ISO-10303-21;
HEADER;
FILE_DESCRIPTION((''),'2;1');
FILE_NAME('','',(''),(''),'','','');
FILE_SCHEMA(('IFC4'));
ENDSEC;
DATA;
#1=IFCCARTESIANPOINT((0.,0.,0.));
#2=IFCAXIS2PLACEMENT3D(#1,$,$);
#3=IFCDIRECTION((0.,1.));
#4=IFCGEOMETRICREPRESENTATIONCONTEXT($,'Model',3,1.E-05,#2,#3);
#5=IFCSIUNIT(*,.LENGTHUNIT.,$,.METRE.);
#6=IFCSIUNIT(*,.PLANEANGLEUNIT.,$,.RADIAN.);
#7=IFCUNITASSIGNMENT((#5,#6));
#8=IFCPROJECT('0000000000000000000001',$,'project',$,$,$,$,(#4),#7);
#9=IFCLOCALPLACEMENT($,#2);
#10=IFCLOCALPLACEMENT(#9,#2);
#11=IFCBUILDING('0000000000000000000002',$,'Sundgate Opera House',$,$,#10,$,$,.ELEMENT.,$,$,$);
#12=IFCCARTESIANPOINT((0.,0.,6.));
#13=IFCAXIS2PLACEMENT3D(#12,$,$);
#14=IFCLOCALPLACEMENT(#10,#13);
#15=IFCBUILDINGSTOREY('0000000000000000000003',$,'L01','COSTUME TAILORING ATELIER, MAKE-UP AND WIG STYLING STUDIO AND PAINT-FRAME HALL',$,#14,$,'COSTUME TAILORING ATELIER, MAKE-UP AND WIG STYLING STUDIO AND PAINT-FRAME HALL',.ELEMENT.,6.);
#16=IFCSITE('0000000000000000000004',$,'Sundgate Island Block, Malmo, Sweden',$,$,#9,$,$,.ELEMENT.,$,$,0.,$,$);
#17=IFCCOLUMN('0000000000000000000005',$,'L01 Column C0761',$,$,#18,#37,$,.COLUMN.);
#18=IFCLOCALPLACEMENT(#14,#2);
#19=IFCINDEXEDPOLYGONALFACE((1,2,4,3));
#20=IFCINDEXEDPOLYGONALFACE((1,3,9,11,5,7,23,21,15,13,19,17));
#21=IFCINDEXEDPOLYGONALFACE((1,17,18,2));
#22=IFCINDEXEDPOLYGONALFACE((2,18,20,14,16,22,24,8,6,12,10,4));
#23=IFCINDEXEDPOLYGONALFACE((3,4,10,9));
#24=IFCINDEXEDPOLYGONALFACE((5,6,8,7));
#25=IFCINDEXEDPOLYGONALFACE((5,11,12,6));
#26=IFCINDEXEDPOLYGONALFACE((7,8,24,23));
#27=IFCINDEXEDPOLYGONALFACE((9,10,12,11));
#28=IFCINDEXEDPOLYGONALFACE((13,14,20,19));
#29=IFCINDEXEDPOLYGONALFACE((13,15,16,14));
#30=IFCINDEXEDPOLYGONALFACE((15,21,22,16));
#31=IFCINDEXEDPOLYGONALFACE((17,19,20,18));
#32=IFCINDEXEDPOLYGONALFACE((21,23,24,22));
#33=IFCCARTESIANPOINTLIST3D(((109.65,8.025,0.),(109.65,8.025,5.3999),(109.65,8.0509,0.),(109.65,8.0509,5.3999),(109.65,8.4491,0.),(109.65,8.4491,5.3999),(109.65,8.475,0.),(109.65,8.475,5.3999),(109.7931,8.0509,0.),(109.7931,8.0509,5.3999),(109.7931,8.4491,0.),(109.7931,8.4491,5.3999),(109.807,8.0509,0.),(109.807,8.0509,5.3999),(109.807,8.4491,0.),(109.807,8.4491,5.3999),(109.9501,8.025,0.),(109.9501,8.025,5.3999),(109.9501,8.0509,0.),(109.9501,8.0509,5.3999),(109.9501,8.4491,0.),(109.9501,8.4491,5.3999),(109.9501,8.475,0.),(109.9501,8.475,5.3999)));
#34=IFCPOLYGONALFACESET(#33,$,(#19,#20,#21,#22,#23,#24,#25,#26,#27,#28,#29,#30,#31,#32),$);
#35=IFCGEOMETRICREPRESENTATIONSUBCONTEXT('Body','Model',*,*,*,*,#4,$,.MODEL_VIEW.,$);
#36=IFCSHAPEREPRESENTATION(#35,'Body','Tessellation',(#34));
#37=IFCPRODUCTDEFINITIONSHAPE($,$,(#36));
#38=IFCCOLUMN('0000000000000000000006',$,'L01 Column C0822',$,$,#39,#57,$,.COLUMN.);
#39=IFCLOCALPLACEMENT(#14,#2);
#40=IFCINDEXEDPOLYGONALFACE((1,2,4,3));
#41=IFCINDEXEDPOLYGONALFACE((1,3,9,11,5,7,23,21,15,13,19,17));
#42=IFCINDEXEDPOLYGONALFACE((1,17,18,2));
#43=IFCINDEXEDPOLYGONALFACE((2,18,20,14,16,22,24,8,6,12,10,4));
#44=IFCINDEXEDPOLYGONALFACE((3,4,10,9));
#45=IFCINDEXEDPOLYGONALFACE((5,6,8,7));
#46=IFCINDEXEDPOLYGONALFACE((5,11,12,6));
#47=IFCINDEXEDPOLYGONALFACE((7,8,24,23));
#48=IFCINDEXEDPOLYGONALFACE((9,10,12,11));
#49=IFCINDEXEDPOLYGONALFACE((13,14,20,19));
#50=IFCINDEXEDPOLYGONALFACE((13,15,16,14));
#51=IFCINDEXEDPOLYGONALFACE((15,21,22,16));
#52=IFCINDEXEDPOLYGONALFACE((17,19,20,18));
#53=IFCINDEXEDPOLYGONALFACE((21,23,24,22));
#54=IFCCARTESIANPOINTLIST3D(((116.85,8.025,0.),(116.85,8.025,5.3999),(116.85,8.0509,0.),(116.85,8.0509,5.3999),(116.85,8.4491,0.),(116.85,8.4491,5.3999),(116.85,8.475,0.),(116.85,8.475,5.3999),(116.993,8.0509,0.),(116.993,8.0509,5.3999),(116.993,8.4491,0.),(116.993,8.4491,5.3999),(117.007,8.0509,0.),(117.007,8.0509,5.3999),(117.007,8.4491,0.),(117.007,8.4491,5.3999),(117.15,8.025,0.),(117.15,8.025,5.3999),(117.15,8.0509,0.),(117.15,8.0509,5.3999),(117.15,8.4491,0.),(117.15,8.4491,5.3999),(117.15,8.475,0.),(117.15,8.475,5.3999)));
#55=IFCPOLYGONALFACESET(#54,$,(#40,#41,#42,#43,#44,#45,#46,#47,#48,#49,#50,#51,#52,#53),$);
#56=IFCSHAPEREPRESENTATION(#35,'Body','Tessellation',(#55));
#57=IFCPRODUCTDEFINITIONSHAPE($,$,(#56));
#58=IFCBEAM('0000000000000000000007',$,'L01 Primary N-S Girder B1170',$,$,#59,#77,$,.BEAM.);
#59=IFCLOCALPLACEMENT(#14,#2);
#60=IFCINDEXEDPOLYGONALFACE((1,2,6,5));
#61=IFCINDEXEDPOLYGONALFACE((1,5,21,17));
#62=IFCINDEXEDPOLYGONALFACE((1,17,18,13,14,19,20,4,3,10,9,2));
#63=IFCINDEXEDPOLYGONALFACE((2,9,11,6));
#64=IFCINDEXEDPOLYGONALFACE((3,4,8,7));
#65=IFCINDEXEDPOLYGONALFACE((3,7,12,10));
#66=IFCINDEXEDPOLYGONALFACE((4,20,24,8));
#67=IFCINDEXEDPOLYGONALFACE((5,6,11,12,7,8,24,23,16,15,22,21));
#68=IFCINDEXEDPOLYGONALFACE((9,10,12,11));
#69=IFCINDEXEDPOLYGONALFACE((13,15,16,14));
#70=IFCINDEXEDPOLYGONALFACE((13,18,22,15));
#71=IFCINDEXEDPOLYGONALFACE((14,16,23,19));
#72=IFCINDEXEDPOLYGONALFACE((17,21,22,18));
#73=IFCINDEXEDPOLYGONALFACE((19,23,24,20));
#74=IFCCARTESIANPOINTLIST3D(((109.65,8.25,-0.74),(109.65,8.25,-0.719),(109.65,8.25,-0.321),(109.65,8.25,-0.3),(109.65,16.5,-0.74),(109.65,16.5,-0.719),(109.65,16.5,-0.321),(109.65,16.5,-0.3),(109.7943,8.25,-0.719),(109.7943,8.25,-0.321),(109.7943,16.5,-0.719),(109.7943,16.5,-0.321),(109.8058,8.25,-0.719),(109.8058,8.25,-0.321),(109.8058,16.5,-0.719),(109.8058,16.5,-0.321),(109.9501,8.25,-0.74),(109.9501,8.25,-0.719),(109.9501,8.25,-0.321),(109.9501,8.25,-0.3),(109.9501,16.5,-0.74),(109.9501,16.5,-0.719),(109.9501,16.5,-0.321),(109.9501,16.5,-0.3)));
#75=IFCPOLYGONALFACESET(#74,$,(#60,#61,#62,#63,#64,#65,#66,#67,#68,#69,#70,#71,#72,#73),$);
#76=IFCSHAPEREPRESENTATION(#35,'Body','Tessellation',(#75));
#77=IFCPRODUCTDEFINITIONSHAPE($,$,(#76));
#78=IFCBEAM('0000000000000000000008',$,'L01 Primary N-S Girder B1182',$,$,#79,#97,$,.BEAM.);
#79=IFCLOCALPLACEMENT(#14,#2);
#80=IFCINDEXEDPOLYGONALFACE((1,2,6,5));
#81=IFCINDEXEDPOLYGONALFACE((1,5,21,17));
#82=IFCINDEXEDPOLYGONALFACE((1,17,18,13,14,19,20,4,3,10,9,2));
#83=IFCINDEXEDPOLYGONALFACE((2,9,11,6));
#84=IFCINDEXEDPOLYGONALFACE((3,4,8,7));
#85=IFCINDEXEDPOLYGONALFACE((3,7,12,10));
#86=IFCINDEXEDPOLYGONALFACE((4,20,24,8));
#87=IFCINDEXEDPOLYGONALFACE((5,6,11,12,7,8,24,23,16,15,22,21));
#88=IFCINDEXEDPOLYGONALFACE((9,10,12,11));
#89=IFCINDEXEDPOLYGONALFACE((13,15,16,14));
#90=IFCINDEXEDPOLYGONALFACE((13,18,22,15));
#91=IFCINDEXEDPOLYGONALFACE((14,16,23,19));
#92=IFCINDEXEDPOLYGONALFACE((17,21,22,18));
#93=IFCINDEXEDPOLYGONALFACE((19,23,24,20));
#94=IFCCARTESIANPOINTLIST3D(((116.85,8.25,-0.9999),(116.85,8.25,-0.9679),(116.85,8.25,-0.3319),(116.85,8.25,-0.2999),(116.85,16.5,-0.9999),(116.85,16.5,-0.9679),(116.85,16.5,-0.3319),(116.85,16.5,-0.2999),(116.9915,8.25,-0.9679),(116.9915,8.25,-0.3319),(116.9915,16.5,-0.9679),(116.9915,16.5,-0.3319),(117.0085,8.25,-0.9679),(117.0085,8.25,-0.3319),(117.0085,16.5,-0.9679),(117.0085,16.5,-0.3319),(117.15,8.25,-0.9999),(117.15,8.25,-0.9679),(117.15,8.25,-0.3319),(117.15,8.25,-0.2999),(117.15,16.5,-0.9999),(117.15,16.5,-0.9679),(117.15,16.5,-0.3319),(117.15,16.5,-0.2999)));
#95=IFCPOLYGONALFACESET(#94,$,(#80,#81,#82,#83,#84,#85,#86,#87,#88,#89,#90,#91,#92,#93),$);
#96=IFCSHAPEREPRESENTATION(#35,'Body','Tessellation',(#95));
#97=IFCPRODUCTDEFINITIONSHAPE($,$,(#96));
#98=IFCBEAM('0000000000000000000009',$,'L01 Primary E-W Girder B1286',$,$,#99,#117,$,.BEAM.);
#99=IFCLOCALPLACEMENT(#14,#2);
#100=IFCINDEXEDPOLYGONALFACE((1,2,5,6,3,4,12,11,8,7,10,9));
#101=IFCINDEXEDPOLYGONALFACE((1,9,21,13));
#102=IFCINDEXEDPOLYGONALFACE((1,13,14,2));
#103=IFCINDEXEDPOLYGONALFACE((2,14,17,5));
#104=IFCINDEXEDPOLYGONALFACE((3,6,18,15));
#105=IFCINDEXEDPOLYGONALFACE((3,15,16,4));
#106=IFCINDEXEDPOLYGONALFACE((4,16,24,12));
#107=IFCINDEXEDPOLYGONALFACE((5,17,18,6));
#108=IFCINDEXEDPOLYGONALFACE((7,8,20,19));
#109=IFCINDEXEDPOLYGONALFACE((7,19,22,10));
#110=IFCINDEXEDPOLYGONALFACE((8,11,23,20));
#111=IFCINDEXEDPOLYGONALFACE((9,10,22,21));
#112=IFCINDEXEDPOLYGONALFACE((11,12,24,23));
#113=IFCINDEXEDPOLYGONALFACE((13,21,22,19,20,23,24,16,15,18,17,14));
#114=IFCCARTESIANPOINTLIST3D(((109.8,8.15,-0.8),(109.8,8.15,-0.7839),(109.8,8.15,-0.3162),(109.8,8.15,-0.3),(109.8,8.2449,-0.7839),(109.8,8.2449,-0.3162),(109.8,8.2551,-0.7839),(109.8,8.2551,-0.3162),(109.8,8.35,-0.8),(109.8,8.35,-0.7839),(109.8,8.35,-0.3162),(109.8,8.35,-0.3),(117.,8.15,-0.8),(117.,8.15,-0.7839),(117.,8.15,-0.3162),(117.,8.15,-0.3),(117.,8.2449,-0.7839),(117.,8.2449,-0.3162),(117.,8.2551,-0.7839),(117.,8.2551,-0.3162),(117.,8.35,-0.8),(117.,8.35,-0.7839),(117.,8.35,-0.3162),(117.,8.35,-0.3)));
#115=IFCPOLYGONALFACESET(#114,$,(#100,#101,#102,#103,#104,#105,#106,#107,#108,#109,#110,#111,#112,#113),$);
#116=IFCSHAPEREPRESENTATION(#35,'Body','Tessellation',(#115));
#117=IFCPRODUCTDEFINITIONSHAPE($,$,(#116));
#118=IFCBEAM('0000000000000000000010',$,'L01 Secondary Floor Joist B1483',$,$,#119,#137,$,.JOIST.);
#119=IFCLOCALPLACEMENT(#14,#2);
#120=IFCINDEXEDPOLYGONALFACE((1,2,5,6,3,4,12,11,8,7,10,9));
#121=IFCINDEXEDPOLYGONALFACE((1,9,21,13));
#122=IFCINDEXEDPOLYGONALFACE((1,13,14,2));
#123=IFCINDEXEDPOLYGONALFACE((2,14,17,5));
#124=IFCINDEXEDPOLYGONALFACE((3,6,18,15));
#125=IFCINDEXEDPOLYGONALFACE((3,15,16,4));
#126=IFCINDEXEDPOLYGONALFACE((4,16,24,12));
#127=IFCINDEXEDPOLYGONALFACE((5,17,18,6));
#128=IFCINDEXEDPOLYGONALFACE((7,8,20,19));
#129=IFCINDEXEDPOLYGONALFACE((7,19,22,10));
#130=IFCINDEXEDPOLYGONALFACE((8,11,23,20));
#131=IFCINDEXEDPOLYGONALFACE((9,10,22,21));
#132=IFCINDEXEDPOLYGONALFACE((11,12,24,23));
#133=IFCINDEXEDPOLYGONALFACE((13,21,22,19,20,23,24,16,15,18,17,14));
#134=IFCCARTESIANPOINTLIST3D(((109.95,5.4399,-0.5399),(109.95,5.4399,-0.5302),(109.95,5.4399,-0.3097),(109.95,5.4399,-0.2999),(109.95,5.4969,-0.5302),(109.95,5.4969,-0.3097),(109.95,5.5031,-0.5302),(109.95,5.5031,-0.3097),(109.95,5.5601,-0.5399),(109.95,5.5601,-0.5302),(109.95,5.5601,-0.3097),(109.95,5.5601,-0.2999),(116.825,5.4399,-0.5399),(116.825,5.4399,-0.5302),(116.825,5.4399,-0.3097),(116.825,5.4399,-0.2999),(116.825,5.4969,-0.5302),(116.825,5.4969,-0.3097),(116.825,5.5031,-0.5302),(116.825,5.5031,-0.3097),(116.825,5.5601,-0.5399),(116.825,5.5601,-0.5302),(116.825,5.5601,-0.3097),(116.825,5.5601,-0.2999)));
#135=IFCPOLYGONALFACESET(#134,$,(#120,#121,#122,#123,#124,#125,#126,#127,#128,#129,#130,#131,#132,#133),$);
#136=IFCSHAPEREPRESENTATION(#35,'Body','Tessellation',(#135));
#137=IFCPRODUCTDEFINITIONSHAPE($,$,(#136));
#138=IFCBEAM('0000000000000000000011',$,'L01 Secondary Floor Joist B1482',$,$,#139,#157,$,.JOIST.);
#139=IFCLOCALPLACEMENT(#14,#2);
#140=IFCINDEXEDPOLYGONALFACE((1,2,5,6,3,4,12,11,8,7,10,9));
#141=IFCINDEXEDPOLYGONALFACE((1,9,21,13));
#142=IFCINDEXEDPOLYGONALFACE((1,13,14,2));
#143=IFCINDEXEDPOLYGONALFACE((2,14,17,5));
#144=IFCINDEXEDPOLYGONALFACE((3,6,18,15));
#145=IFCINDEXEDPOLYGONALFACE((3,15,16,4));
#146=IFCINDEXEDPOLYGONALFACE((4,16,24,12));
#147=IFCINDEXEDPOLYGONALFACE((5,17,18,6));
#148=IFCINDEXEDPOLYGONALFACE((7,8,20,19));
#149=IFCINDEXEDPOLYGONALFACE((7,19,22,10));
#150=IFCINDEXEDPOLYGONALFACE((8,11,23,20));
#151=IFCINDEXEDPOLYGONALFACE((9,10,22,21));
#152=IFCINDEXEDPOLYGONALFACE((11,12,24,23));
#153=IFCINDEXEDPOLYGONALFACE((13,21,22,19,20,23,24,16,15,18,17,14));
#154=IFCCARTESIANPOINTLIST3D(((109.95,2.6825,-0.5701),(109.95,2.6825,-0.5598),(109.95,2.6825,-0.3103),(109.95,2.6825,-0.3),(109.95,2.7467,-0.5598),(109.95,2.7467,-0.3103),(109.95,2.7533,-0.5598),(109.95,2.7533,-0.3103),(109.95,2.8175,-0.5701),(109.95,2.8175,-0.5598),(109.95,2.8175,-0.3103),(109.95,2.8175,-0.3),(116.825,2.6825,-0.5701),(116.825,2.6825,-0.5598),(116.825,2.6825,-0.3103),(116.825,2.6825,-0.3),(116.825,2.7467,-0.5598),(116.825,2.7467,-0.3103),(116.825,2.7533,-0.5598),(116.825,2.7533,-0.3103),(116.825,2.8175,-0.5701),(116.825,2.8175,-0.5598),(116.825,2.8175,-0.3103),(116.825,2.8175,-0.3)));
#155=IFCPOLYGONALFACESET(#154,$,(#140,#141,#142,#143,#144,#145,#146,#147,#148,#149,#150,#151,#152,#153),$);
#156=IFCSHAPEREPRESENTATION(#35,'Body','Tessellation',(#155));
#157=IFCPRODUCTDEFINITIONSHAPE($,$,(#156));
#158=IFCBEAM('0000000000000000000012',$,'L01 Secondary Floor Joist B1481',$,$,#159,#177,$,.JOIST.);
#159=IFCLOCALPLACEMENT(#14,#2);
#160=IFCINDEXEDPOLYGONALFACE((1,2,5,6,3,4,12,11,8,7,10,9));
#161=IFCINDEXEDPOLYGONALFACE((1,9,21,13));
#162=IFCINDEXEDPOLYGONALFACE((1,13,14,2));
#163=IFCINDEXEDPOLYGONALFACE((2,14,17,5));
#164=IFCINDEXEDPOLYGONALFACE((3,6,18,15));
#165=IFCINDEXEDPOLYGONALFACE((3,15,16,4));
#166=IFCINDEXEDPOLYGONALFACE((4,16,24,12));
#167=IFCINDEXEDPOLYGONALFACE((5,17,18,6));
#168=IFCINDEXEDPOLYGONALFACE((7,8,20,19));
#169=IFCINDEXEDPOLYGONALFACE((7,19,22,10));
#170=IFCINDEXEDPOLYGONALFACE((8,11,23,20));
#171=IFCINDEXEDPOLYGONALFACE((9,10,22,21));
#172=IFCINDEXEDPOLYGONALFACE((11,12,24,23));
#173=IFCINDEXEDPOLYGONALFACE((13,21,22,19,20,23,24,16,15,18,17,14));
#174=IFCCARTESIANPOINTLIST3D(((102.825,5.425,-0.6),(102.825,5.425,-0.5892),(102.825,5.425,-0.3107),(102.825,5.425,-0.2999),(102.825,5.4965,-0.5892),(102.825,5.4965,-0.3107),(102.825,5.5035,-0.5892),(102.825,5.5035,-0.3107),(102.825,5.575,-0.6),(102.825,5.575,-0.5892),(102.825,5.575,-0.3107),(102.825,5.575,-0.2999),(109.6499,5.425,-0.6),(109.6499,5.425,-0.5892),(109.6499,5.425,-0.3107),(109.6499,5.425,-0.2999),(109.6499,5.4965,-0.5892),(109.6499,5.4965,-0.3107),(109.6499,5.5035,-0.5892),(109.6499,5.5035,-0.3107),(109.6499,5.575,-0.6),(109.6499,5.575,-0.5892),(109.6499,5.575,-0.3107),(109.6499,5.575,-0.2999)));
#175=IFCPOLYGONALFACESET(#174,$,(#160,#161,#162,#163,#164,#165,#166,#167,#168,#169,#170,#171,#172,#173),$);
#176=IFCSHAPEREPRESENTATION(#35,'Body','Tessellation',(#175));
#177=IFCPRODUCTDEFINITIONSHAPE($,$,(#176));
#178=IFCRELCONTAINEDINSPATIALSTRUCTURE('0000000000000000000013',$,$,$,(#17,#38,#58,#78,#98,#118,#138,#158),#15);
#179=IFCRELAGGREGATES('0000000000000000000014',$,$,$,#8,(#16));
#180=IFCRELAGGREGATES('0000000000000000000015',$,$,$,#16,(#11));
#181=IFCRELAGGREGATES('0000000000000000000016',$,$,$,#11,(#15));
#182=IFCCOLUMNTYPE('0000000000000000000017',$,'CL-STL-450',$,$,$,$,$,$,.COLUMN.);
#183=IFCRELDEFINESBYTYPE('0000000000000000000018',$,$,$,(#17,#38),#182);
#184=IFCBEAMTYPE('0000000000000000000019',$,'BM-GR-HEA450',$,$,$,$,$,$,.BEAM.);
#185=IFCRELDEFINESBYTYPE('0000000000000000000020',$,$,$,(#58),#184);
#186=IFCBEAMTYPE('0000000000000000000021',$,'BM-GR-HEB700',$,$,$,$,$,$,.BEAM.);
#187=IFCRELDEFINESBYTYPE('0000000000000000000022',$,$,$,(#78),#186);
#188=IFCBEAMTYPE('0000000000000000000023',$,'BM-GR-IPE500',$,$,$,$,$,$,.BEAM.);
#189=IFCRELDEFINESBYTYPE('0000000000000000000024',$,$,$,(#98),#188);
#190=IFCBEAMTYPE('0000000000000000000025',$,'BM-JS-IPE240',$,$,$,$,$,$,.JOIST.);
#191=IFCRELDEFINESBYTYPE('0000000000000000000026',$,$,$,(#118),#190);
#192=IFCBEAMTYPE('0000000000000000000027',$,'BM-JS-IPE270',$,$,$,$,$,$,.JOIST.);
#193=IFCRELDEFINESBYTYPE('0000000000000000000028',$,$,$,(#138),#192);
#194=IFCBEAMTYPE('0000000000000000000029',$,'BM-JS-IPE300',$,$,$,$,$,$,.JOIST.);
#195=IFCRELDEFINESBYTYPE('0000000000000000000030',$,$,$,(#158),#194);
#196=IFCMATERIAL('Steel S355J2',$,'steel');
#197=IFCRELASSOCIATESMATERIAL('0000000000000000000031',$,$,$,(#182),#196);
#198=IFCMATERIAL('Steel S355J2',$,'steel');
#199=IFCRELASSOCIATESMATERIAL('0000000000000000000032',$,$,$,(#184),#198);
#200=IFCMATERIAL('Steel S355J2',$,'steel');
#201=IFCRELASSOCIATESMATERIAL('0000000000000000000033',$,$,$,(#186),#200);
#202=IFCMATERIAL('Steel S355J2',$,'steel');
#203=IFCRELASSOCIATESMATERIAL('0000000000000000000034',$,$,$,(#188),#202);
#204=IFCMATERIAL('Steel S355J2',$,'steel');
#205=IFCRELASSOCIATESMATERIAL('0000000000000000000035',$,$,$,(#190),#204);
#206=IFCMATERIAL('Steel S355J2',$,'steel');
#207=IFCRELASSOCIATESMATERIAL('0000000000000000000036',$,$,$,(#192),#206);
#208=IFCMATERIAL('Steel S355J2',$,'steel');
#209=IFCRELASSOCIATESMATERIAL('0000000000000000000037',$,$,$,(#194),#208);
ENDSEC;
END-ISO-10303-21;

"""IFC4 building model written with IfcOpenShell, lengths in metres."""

from ifc_helpers import new_model, si_unit, direction, frame, origin, origin_2d, place, context, subcontext, project, spatial, i_section, extrude, material, material_profile, profile_set, type_object, element, save


model = new_model("IFC4")

# Units and contexts
model_context = context("Model", 3, precision=1e-05, world=origin(), true_north=direction((0.0, 1.0)))
body_context = subcontext(model_context, "Body", "Model", "MODEL_VIEW")
ifc_project = project(units=[si_unit("LENGTHUNIT", "METRE"), si_unit("PLANEANGLEUNIT", "RADIAN")], contexts=[model_context])

# Site, building, storey
site_placement = place(None, origin())
site = spatial("IfcSite", under=ifc_project, at=site_placement, Name="Sundgate Island Block, Malmo, Sweden", CompositionType="ELEMENT", RefElevation=0.0)
building_placement = place(site_placement, origin())
building = spatial("IfcBuilding", under=site, at=building_placement, Name="Sundgate Opera House", CompositionType="ELEMENT")
storey_placement = place(building_placement, frame((0.0, 0.0, 6.0)))
storey = spatial("IfcBuildingStorey", under=building, at=storey_placement, Name="L01", Description="COSTUME TAILORING ATELIER, MAKE-UP AND WIG STYLING STUDIO AND PAINT-FRAME HALL", LongName="COSTUME TAILORING ATELIER, MAKE-UP AND WIG STYLING STUDIO AND PAINT-FRAME HALL", CompositionType="ELEMENT", Elevation=6.0)

# Columns
ifc_material_1 = material(Name="Steel S355J2", Category="steel")
ifc_material_profile_1 = material_profile(ifc_material_1, i_section(OverallWidth=0.3, OverallDepth=0.45, WebThickness=0.0139, FlangeThickness=0.0259, at=origin_2d()), Name="HEB 450")
ifc_profile_set_1 = profile_set([ifc_material_profile_1], Name="Steel S355J2")
column_type = type_object("IfcColumnType", Name="CL-STL-450", PredefinedType="COLUMN", material=ifc_profile_set_1)
for number, where, z_axis, x_axis, name in (
    (1, (109.8, 8.25, 0.0), (0.0, 0.0, 1.0), (1.0, 0.0, 0.0), "L01 Column C0761"),
    (2, (117.0, 8.25, 0.0), (0.0, 0.0, 1.0), (1.0, 0.0, 0.0), "L01 Column C0822"),
):
    element("IfcColumn", number, at=place(storey_placement, frame(where, z_axis=z_axis, x_axis=x_axis)), inside=storey, type_object=column_type, Name=name, PredefinedType="COLUMN", context=body_context, shape_type="SweptSolid", body=[
        extrude(i_section(OverallWidth=0.3, OverallDepth=0.45, WebThickness=0.0139, FlangeThickness=0.0259, at=origin_2d()), origin(), (0.0, 0.0, 1.0), 5.3999),
    ])

# Beams
ifc_material_2 = material(Name="Steel S355J2", Category="steel")
ifc_material_profile_2 = material_profile(ifc_material_2, i_section(OverallWidth=0.3, OverallDepth=0.4399, WebThickness=0.0115, FlangeThickness=0.021, at=origin_2d()), Name="HEA 450")
ifc_profile_set_2 = profile_set([ifc_material_profile_2], Name="Steel S355J2")
beam_type_1 = type_object("IfcBeamType", Name="BM-GR-HEA450", PredefinedType="BEAM", material=ifc_profile_set_2)
beam_1_placement = place(storey_placement, frame((109.8, 8.25, -0.52), z_axis=(0.0, 1.0, 0.0), x_axis=(-1.0, 0.0, 0.0)))
element("IfcBeam", 3, at=beam_1_placement, inside=storey, type_object=beam_type_1, Name="L01 Primary N-S Girder B1170", PredefinedType="BEAM", context=body_context, shape_type="SweptSolid", body=[
    extrude(i_section(OverallWidth=0.3, OverallDepth=0.4399, WebThickness=0.0115, FlangeThickness=0.021, at=origin_2d()), origin(), (0.0, 0.0, 1.0), 8.25),
])
ifc_material_3 = material(Name="Steel S355J2", Category="steel")
ifc_material_profile_3 = material_profile(ifc_material_3, i_section(OverallWidth=0.3, OverallDepth=0.7, WebThickness=0.0171, FlangeThickness=0.032, at=origin_2d()), Name="HEB 700")
ifc_profile_set_3 = profile_set([ifc_material_profile_3], Name="Steel S355J2")
beam_type_2 = type_object("IfcBeamType", Name="BM-GR-HEB700", PredefinedType="BEAM", material=ifc_profile_set_3)
beam_2_placement = place(storey_placement, frame((117.0, 8.25, -0.6499), z_axis=(0.0, 1.0, 0.0), x_axis=(-1.0, 0.0, 0.0)))
element("IfcBeam", 4, at=beam_2_placement, inside=storey, type_object=beam_type_2, Name="L01 Primary N-S Girder B1182", PredefinedType="BEAM", context=body_context, shape_type="SweptSolid", body=[
    extrude(i_section(OverallWidth=0.3, OverallDepth=0.7, WebThickness=0.0171, FlangeThickness=0.032, at=origin_2d()), origin(), (0.0, 0.0, 1.0), 8.25),
])
ifc_material_4 = material(Name="Steel S355J2", Category="steel")
ifc_material_profile_4 = material_profile(ifc_material_4, i_section(OverallWidth=0.2, OverallDepth=0.5, WebThickness=0.0103, FlangeThickness=0.0161, at=origin_2d()), Name="IPE 500")
ifc_profile_set_4 = profile_set([ifc_material_profile_4], Name="Steel S355J2")
beam_type_3 = type_object("IfcBeamType", Name="BM-GR-IPE500", PredefinedType="BEAM", material=ifc_profile_set_4)
beam_3_placement = place(storey_placement, frame((109.8, 8.25, -0.55), z_axis=(1.0, 0.0, 0.0), x_axis=(0.0, 1.0, 0.0)))
element("IfcBeam", 5, at=beam_3_placement, inside=storey, type_object=beam_type_3, Name="L01 Primary E-W Girder B1286", PredefinedType="BEAM", context=body_context, shape_type="SweptSolid", body=[
    extrude(i_section(OverallWidth=0.2, OverallDepth=0.5, WebThickness=0.0103, FlangeThickness=0.0161, at=origin_2d()), origin(), (0.0, 0.0, 1.0), 7.2),
])
ifc_material_5 = material(Name="Steel S355J2", Category="steel")
ifc_material_profile_5 = material_profile(ifc_material_5, i_section(OverallWidth=0.1201, OverallDepth=0.24, WebThickness=0.0061, FlangeThickness=0.0098, at=origin_2d()), Name="IPE 240")
ifc_profile_set_5 = profile_set([ifc_material_profile_5], Name="Steel S355J2")
beam_type_4 = type_object("IfcBeamType", Name="BM-JS-IPE240", PredefinedType="JOIST", material=ifc_profile_set_5)
beam_4_placement = place(storey_placement, frame((109.95, 5.5, -0.4199), z_axis=(1.0, 0.0, 0.0), x_axis=(0.0, 1.0, 0.0)))
element("IfcBeam", 6, at=beam_4_placement, inside=storey, type_object=beam_type_4, Name="L01 Secondary Floor Joist B1483", PredefinedType="JOIST", context=body_context, shape_type="SweptSolid", body=[
    extrude(i_section(OverallWidth=0.1201, OverallDepth=0.24, WebThickness=0.0061, FlangeThickness=0.0098, at=origin_2d()), origin(), (0.0, 0.0, 1.0), 6.875),
])
ifc_material_6 = material(Name="Steel S355J2", Category="steel")
ifc_material_profile_6 = material_profile(ifc_material_6, i_section(OverallWidth=0.135, OverallDepth=0.27, WebThickness=0.0066, FlangeThickness=0.0103, at=origin_2d()), Name="IPE 270")
ifc_profile_set_6 = profile_set([ifc_material_profile_6], Name="Steel S355J2")
beam_type_5 = type_object("IfcBeamType", Name="BM-JS-IPE270", PredefinedType="JOIST", material=ifc_profile_set_6)
beam_5_placement = place(storey_placement, frame((109.95, 2.75, -0.4351), z_axis=(1.0, 0.0, 0.0), x_axis=(0.0, 1.0, 0.0)))
element("IfcBeam", 7, at=beam_5_placement, inside=storey, type_object=beam_type_5, Name="L01 Secondary Floor Joist B1482", PredefinedType="JOIST", context=body_context, shape_type="SweptSolid", body=[
    extrude(i_section(OverallWidth=0.135, OverallDepth=0.27, WebThickness=0.0066, FlangeThickness=0.0103, at=origin_2d()), origin(), (0.0, 0.0, 1.0), 6.875),
])
ifc_material_7 = material(Name="Steel S355J2", Category="steel")
ifc_material_profile_7 = material_profile(ifc_material_7, i_section(OverallWidth=0.1499, OverallDepth=0.3, WebThickness=0.0071, FlangeThickness=0.0107, at=origin_2d()), Name="IPE 300")
ifc_profile_set_7 = profile_set([ifc_material_profile_7], Name="Steel S355J2")
beam_type_6 = type_object("IfcBeamType", Name="BM-JS-IPE300", PredefinedType="JOIST", material=ifc_profile_set_7)
beam_6_placement = place(storey_placement, frame((102.825, 5.5, -0.45), z_axis=(1.0, 0.0, 0.0), x_axis=(0.0, 1.0, 0.0)))
element("IfcBeam", 8, at=beam_6_placement, inside=storey, type_object=beam_type_6, Name="L01 Secondary Floor Joist B1481", PredefinedType="JOIST", context=body_context, shape_type="SweptSolid", body=[
    extrude(i_section(OverallWidth=0.1499, OverallDepth=0.3, WebThickness=0.0071, FlangeThickness=0.0107, at=origin_2d()), origin(), (0.0, 0.0, 1.0), 6.825),
])

save(model, "model.ifc")
